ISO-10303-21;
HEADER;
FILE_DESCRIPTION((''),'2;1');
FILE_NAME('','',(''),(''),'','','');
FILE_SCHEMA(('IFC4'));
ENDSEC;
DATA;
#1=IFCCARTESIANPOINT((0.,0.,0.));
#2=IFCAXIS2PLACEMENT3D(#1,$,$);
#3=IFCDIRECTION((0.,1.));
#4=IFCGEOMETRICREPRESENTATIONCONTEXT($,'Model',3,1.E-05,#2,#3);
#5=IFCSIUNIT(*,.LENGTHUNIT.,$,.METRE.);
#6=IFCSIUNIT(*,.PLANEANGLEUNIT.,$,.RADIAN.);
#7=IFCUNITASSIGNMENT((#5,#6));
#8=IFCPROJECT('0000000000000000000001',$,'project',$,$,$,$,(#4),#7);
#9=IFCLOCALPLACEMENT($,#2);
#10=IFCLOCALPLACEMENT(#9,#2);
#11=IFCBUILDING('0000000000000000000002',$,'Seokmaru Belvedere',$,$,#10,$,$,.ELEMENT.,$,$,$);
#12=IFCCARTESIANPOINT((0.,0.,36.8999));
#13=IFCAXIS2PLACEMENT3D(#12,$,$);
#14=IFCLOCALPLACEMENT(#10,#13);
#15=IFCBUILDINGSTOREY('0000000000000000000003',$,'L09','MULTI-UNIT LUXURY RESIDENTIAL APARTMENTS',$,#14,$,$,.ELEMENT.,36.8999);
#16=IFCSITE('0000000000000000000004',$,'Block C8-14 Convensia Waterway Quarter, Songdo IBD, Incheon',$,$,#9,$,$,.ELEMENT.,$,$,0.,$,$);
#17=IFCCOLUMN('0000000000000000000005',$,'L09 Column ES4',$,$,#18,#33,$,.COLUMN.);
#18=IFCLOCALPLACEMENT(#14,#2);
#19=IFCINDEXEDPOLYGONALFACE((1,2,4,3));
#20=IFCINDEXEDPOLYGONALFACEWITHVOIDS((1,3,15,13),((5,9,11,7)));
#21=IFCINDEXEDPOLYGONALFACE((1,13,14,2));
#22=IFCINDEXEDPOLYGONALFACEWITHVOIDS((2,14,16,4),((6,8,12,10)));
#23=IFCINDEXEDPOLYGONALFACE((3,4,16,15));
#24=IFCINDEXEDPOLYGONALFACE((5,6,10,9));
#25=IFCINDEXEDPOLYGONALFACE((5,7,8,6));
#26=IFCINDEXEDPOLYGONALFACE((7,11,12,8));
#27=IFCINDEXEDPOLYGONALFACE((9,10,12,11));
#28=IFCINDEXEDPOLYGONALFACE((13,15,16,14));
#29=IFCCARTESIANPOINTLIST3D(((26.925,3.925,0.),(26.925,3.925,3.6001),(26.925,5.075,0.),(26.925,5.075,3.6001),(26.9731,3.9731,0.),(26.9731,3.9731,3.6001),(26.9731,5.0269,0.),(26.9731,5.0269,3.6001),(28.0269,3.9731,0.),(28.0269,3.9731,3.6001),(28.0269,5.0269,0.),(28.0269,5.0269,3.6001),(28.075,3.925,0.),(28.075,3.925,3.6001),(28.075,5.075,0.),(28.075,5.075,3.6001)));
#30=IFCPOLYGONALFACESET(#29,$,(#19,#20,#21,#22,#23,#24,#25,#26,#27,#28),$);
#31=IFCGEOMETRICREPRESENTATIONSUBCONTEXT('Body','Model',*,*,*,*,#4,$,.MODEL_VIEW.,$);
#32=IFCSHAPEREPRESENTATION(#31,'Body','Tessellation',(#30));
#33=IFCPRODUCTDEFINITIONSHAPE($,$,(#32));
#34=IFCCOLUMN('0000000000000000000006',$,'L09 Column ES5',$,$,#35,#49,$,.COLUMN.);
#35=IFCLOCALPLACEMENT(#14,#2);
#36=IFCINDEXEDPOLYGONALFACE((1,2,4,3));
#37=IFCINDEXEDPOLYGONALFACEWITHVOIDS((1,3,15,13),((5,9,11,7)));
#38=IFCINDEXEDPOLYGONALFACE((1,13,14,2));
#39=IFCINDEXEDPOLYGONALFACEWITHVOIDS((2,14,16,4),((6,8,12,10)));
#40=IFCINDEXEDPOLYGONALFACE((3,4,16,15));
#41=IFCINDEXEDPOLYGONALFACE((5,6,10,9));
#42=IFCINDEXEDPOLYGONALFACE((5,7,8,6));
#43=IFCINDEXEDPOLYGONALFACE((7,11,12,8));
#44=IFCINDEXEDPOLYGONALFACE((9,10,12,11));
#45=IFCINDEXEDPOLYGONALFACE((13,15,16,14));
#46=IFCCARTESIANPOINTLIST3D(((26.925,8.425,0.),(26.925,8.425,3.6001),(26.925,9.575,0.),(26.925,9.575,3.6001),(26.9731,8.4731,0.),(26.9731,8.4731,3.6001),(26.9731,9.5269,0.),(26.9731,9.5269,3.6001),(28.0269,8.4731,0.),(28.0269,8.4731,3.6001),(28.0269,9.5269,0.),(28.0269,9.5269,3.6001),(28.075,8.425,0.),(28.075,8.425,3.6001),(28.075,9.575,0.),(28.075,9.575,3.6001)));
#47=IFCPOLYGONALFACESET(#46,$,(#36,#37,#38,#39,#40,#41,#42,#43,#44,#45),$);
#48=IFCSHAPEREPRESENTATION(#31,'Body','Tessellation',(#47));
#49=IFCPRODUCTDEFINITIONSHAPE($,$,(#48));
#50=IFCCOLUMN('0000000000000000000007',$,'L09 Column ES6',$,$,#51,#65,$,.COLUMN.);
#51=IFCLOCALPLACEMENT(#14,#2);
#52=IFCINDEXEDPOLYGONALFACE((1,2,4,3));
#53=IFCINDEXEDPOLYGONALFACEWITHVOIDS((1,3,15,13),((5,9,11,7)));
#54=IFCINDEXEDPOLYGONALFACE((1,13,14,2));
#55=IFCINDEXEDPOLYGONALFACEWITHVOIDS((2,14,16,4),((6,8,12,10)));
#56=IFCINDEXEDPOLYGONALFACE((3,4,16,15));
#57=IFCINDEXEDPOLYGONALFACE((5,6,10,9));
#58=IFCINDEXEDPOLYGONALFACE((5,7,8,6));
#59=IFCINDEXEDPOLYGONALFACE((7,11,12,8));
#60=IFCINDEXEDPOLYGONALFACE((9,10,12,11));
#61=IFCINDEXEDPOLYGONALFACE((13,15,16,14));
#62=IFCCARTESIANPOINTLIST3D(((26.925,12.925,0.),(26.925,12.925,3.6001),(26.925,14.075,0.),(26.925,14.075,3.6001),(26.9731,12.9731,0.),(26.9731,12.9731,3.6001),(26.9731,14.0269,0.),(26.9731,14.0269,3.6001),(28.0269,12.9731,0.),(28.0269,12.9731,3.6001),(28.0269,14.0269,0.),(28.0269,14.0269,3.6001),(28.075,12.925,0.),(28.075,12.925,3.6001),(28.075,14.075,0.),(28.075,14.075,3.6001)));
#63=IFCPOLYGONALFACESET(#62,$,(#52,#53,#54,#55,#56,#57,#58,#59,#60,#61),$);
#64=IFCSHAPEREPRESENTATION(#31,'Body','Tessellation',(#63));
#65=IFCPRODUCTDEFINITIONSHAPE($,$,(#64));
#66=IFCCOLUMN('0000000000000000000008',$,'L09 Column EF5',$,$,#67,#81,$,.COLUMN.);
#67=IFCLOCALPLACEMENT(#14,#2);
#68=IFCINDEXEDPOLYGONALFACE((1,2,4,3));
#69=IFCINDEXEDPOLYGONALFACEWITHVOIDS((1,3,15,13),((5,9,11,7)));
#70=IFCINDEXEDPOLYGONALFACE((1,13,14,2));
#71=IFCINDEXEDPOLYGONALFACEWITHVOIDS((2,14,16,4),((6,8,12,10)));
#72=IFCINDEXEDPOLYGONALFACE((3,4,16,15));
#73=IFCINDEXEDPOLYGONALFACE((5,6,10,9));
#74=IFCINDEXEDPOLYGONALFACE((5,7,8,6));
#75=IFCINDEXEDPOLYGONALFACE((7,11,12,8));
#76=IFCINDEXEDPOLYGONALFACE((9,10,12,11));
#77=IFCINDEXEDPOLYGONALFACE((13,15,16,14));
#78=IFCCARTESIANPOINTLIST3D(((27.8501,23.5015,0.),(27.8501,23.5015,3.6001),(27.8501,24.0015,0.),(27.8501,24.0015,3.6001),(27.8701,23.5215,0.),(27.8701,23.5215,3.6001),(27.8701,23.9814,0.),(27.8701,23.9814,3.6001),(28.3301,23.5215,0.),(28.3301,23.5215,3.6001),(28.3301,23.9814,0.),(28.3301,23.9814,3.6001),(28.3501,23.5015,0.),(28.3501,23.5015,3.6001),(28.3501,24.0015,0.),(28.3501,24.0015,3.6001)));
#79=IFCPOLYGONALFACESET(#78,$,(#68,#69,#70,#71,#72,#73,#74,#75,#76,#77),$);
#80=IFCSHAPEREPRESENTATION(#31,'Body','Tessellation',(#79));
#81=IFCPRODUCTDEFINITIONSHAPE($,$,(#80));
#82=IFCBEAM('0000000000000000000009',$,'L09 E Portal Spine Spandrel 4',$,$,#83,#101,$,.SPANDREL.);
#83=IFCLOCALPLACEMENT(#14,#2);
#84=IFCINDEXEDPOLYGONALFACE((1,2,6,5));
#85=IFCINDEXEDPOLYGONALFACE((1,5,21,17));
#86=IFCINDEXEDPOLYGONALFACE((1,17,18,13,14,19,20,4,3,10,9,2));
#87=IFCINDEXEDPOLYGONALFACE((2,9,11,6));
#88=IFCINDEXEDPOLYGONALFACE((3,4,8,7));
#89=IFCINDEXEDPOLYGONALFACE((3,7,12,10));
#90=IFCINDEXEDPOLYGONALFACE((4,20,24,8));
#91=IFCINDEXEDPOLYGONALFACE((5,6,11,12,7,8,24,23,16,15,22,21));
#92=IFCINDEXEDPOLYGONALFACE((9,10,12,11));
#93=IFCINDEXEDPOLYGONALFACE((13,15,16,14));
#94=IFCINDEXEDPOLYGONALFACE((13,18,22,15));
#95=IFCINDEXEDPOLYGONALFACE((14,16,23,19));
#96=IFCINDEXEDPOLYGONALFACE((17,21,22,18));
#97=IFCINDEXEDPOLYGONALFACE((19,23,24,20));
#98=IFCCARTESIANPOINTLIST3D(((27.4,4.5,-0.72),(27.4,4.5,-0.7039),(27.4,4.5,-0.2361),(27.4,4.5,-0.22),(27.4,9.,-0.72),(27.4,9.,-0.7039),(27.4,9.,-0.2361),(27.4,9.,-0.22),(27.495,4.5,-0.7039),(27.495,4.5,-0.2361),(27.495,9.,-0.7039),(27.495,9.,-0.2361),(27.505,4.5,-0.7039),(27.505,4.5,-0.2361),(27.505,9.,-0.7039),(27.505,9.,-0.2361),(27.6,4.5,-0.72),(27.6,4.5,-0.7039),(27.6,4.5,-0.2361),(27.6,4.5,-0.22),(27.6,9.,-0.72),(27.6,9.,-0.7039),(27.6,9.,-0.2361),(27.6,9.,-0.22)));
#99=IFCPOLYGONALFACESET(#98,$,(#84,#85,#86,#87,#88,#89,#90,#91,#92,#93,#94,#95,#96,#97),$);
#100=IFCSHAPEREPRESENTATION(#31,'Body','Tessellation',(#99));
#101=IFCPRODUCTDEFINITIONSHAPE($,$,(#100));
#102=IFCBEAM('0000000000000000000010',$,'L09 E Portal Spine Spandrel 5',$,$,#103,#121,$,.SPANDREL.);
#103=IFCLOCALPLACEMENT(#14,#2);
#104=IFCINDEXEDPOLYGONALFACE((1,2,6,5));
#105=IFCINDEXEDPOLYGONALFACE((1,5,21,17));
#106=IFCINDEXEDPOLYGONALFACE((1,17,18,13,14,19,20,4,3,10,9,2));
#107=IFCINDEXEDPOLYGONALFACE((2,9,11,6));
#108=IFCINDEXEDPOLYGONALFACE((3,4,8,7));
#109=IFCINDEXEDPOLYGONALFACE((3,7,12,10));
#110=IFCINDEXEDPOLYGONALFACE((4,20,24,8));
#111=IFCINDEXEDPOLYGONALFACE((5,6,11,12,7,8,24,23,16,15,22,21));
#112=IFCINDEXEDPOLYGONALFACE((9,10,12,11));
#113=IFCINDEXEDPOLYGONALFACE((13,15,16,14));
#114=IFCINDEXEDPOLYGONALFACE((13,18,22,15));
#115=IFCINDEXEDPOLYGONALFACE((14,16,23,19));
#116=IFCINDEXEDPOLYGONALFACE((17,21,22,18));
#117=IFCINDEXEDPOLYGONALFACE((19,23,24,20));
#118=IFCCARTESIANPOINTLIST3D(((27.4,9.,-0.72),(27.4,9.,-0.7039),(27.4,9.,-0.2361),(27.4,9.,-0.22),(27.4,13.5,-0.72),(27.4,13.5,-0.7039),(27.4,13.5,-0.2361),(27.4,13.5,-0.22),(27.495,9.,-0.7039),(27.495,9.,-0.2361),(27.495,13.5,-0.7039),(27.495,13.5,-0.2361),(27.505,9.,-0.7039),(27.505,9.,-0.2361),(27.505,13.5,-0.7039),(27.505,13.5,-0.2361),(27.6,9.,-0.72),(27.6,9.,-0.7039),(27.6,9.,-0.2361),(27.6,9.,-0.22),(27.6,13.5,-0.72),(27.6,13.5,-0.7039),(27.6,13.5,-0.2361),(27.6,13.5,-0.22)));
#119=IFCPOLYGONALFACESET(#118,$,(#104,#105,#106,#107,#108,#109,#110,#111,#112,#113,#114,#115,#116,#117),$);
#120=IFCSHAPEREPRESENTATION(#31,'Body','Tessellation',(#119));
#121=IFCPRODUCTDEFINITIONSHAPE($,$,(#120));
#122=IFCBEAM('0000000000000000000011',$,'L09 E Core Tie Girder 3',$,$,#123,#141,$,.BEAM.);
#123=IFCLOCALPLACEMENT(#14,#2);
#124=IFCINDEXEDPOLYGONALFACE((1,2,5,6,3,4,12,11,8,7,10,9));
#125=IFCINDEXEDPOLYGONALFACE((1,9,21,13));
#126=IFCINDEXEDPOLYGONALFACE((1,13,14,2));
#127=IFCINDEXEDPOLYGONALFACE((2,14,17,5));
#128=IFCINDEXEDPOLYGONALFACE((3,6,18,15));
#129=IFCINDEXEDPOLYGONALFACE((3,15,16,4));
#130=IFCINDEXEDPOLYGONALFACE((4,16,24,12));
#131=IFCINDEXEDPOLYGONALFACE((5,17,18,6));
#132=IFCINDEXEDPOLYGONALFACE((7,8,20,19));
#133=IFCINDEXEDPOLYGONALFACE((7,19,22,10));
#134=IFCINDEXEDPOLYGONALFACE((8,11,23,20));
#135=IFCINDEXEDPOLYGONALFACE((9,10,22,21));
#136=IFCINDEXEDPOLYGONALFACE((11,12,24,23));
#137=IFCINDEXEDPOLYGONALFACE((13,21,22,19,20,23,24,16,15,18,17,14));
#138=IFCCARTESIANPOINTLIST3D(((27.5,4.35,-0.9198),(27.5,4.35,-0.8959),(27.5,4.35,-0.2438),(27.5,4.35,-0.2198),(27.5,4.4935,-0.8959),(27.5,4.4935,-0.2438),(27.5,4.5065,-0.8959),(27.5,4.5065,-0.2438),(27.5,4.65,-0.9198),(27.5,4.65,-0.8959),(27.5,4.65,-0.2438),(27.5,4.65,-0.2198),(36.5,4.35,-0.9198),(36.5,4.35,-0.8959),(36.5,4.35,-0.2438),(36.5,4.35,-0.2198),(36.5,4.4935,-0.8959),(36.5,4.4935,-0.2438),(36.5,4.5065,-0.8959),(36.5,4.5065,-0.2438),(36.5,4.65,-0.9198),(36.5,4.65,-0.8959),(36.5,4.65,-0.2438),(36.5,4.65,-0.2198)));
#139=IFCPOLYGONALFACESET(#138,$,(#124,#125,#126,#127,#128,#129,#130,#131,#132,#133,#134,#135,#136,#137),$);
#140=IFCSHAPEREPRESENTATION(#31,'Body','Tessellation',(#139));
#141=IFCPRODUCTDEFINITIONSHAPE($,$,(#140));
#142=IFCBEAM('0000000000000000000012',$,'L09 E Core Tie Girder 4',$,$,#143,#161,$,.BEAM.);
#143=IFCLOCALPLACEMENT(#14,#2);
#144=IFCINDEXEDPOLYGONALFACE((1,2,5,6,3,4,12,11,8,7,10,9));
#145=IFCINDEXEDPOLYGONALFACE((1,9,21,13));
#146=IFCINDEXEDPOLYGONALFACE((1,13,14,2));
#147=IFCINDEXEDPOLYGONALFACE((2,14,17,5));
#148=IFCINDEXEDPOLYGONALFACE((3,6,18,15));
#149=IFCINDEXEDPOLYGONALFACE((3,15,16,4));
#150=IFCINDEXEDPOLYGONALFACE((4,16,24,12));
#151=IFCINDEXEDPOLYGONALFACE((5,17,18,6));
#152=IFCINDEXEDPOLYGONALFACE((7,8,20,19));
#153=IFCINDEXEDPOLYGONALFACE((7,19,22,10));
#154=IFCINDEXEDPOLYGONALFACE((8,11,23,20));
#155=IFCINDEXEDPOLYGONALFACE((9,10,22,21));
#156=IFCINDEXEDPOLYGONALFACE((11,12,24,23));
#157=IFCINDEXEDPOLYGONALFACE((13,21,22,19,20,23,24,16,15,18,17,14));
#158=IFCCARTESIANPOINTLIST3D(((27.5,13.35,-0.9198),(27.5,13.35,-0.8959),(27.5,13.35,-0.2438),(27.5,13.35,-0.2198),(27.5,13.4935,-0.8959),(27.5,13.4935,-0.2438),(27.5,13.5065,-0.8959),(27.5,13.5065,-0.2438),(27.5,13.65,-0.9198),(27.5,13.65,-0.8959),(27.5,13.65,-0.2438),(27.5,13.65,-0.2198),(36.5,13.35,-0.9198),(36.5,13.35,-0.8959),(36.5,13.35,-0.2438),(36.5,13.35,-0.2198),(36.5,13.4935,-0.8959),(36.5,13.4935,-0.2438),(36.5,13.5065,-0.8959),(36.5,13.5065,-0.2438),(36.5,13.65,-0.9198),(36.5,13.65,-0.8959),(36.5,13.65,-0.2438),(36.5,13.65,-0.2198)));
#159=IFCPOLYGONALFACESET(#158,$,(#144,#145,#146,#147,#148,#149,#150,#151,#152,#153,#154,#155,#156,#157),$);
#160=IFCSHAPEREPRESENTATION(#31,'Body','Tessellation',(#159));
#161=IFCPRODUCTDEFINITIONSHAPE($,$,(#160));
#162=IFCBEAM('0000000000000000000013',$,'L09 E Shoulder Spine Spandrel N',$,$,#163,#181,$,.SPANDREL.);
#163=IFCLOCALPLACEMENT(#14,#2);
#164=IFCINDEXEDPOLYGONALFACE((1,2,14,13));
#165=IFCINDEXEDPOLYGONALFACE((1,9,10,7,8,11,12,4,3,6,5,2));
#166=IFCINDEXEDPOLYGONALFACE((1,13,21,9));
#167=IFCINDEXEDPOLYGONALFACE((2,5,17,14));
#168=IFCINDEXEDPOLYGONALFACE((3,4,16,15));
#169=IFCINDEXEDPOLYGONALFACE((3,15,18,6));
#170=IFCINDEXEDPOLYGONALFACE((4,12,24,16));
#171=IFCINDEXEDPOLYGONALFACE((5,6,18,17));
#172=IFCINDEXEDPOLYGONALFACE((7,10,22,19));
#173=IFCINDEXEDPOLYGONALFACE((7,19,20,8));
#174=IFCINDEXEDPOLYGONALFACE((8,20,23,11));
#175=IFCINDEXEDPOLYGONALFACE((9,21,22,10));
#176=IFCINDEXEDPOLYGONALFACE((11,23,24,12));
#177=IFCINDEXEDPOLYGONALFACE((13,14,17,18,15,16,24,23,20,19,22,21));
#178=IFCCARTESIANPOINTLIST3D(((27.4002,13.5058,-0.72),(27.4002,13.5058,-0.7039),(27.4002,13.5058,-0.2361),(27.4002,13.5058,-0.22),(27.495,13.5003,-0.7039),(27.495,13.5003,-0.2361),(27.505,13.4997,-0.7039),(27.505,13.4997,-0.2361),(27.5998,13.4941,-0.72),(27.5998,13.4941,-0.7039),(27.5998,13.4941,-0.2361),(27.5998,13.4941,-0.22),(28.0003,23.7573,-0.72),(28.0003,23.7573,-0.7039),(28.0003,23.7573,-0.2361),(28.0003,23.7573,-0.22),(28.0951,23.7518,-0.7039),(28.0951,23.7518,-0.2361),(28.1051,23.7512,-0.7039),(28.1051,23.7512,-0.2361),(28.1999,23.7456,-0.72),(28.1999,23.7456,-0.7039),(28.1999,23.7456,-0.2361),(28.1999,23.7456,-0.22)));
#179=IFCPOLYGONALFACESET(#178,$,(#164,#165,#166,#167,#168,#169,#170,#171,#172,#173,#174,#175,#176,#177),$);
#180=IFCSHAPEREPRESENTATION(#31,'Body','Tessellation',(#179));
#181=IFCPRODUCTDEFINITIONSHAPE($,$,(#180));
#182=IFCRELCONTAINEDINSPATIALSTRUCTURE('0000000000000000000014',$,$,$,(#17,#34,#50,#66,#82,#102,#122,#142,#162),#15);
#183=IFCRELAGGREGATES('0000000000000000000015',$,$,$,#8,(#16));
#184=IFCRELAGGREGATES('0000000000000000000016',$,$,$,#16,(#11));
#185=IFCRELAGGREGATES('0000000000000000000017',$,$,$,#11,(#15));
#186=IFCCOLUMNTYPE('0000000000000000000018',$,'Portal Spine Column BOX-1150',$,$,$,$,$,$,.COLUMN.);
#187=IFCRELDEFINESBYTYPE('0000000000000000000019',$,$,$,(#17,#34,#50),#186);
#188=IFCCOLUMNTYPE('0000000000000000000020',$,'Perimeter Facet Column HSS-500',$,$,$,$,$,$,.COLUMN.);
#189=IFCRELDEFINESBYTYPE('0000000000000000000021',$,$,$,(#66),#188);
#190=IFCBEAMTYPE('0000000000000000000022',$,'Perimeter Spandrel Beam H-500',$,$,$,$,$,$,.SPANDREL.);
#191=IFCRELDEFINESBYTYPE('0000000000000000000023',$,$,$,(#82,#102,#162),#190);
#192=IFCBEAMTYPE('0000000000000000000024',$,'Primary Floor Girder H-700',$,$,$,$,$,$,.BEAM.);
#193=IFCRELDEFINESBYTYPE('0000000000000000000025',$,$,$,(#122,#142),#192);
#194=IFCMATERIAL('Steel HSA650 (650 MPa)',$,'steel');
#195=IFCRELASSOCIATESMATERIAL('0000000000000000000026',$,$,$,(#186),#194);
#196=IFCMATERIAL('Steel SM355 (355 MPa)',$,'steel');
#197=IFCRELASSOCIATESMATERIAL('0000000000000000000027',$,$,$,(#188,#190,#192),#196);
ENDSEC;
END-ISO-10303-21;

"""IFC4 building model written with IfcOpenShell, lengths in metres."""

from ifc_helpers import new_model, si_unit, direction, frame, origin, origin_2d, place, context, subcontext, project, spatial, hollow_rectangle, i_section, extrude, source, transform, mapped, material, material_profile, profile_set, type_object, type_shapes, element, save


model = new_model("IFC4")

# Units and contexts
model_context = context("Model", 3, precision=1e-05, world=origin(), true_north=direction((0.0, 1.0)))
body_context = subcontext(model_context, "Body", "Model", "MODEL_VIEW")
ifc_project = project(units=[si_unit("LENGTHUNIT", "METRE"), si_unit("PLANEANGLEUNIT", "RADIAN")], contexts=[model_context])

# Site, building, storey
site_placement = place(None, origin())
site = spatial("IfcSite", under=ifc_project, at=site_placement, Name="Block C8-14 Convensia Waterway Quarter, Songdo IBD, Incheon", CompositionType="ELEMENT", RefElevation=0.0)
building_placement = place(site_placement, origin())
building = spatial("IfcBuilding", under=site, at=building_placement, Name="Seokmaru Belvedere", CompositionType="ELEMENT")
storey_placement = place(building_placement, frame((0.0, 0.0, 36.8999)))
storey = spatial("IfcBuildingStorey", under=building, at=storey_placement, Name="L09", Description="MULTI-UNIT LUXURY RESIDENTIAL APARTMENTS", CompositionType="ELEMENT", Elevation=36.8999)

# Columns
ifc_material_1 = material(Name="Steel HSA650 (650 MPa)", Category="steel")
ifc_material_profile_1 = material_profile(ifc_material_1, hollow_rectangle(XDim=1.1499, YDim=1.1499, WallThickness=0.0481, at=origin_2d()), Name="BOX-1150x1150x48")
ifc_profile_set_1 = profile_set([ifc_material_profile_1], Name="Steel HSA650 (650 MPa)")
column_type_1 = type_object("IfcColumnType", Name="Portal Spine Column BOX-1150", PredefinedType="COLUMN", material=ifc_profile_set_1)
shared_shape_1 = source(origin(), body_context, "Body", "SweptSolid", [
    extrude(hollow_rectangle(XDim=1.1499, YDim=1.1499, WallThickness=0.0481, at=origin_2d()), origin(), (0.0, 0.0, 1.0), 3.6001),
])
type_shapes(column_type_1, [shared_shape_1])
for number, where, z_axis, x_axis, name in (
    (1, (27.5, 4.5, 0.0), (0.0, 0.0, 1.0), (1.0, 0.0, 0.0), "L09 Column ES4"),
    (2, (27.5, 9.0, 0.0), (0.0, 0.0, 1.0), (1.0, 0.0, 0.0), "L09 Column ES5"),
    (3, (27.5, 13.5, 0.0), (0.0, 0.0, 1.0), (1.0, 0.0, 0.0), "L09 Column ES6"),
):
    element("IfcColumn", number, at=place(storey_placement, frame(where, z_axis=z_axis, x_axis=x_axis)), inside=storey, type_object=column_type_1, Name=name, PredefinedType="COLUMN", context=body_context, shape_type="MappedRepresentation", body=[
        mapped(shared_shape_1, transform((0.0, 0.0, 0.0), scale=1.0)),
    ])
ifc_material_2 = material(Name="Steel SM355 (355 MPa)", Category="steel")
ifc_material_profile_2 = material_profile(ifc_material_2, hollow_rectangle(XDim=0.5, YDim=0.5, WallThickness=0.02, at=origin_2d()), Name="HSS-500x500x20")
ifc_profile_set_2 = profile_set([ifc_material_profile_2], Name="Steel SM355 (355 MPa)")
column_type_2 = type_object("IfcColumnType", Name="Perimeter Facet Column HSS-500", PredefinedType="COLUMN", material=ifc_profile_set_2)
shared_shape_2 = source(origin(), body_context, "Body", "SweptSolid", [
    extrude(hollow_rectangle(XDim=0.5, YDim=0.5, WallThickness=0.02, at=origin_2d()), origin(), (0.0, 0.0, 1.0), 3.6001),
])
type_shapes(column_type_2, [shared_shape_2])
column_placement = place(storey_placement, frame((28.1001, 23.7515, 0.0), z_axis=(0.0, 0.0, 1.0), x_axis=(1.0, 0.0, 0.0)))
element("IfcColumn", 4, at=column_placement, inside=storey, type_object=column_type_2, Name="L09 Column EF5", PredefinedType="COLUMN", context=body_context, shape_type="MappedRepresentation", body=[
    mapped(shared_shape_2, transform((0.0, 0.0, 0.0), scale=1.0)),
])

# Beams
ifc_material_profile_3 = material_profile(ifc_material_2, i_section(OverallWidth=0.2, OverallDepth=0.5, WebThickness=0.01, FlangeThickness=0.0161, at=origin_2d()), Name="H-500x200x10x16")
ifc_profile_set_3 = profile_set([ifc_material_profile_3], Name="Steel SM355 (355 MPa)")
beam_type_1 = type_object("IfcBeamType", Name="Perimeter Spandrel Beam H-500", PredefinedType="SPANDREL", material=ifc_profile_set_3)
shared_shape_3 = source(origin(), body_context, "Body", "SweptSolid", [
    extrude(i_section(OverallWidth=0.2, OverallDepth=0.5, WebThickness=0.01, FlangeThickness=0.0161, at=origin_2d()), origin(), (0.0, 0.0, 1.0), 4.5),
])
for number, where, z_axis, x_axis, name in (
    (5, (27.5, 4.5, -0.47), (0.0, 1.0, 0.0), (-1.0, 0.0, 0.0), "L09 E Portal Spine Spandrel 4"),
    (6, (27.5, 9.0, -0.47), (0.0, 1.0, 0.0), (-1.0, 0.0, 0.0), "L09 E Portal Spine Spandrel 5"),
):
    element("IfcBeam", number, at=place(storey_placement, frame(where, z_axis=z_axis, x_axis=x_axis)), inside=storey, type_object=beam_type_1, Name=name, PredefinedType="SPANDREL", context=body_context, shape_type="MappedRepresentation", body=[
        mapped(shared_shape_3, transform((0.0, 0.0, 0.0), scale=1.0)),
    ])
ifc_material_profile_4 = material_profile(ifc_material_2, i_section(OverallWidth=0.3, OverallDepth=0.7, WebThickness=0.0129, FlangeThickness=0.0239, at=origin_2d()), Name="H-700x300x13x24")
ifc_profile_set_4 = profile_set([ifc_material_profile_4], Name="Steel SM355 (355 MPa)")
beam_type_2 = type_object("IfcBeamType", Name="Primary Floor Girder H-700", PredefinedType="BEAM", material=ifc_profile_set_4)
shared_shape_4 = source(origin(), body_context, "Body", "SweptSolid", [
    extrude(i_section(OverallWidth=0.3, OverallDepth=0.7, WebThickness=0.0129, FlangeThickness=0.0239, at=origin_2d()), origin(), (0.0, 0.0, 1.0), 9.0),
])
type_shapes(beam_type_2, [shared_shape_4])
for number, where, z_axis, x_axis, name in (
    (7, (27.5, 4.5, -0.5698), (1.0, 0.0, 0.0), (0.0, 1.0, 0.0), "L09 E Core Tie Girder 3"),
    (8, (27.5, 13.5, -0.5698), (1.0, 0.0, 0.0), (0.0, 1.0, 0.0), "L09 E Core Tie Girder 4"),
):
    element("IfcBeam", number, at=place(storey_placement, frame(where, z_axis=z_axis, x_axis=x_axis)), inside=storey, type_object=beam_type_2, Name=name, PredefinedType="BEAM", context=body_context, shape_type="MappedRepresentation", body=[
        mapped(shared_shape_4, transform((0.0, 0.0, 0.0), scale=1.0)),
    ])
shared_shape_5 = source(origin(), body_context, "Body", "SweptSolid", [
    extrude(i_section(OverallWidth=0.2, OverallDepth=0.5, WebThickness=0.01, FlangeThickness=0.0161, at=origin_2d()), origin(), (0.0, 0.0, 1.0), 10.269),
])
type_shapes(beam_type_1, [shared_shape_3, shared_shape_5])
beam_placement = place(storey_placement, frame((28.1001, 23.7515, -0.47), z_axis=(-0.058438, -0.998291, 0.0), x_axis=(0.998291, -0.058438, 0.0)))
element("IfcBeam", 9, at=beam_placement, inside=storey, type_object=beam_type_1, Name="L09 E Shoulder Spine Spandrel N", PredefinedType="SPANDREL", context=body_context, shape_type="MappedRepresentation", body=[
    mapped(shared_shape_5, transform((0.0, 0.0, 0.0), scale=1.0)),
])

save(model, "model.ifc")
